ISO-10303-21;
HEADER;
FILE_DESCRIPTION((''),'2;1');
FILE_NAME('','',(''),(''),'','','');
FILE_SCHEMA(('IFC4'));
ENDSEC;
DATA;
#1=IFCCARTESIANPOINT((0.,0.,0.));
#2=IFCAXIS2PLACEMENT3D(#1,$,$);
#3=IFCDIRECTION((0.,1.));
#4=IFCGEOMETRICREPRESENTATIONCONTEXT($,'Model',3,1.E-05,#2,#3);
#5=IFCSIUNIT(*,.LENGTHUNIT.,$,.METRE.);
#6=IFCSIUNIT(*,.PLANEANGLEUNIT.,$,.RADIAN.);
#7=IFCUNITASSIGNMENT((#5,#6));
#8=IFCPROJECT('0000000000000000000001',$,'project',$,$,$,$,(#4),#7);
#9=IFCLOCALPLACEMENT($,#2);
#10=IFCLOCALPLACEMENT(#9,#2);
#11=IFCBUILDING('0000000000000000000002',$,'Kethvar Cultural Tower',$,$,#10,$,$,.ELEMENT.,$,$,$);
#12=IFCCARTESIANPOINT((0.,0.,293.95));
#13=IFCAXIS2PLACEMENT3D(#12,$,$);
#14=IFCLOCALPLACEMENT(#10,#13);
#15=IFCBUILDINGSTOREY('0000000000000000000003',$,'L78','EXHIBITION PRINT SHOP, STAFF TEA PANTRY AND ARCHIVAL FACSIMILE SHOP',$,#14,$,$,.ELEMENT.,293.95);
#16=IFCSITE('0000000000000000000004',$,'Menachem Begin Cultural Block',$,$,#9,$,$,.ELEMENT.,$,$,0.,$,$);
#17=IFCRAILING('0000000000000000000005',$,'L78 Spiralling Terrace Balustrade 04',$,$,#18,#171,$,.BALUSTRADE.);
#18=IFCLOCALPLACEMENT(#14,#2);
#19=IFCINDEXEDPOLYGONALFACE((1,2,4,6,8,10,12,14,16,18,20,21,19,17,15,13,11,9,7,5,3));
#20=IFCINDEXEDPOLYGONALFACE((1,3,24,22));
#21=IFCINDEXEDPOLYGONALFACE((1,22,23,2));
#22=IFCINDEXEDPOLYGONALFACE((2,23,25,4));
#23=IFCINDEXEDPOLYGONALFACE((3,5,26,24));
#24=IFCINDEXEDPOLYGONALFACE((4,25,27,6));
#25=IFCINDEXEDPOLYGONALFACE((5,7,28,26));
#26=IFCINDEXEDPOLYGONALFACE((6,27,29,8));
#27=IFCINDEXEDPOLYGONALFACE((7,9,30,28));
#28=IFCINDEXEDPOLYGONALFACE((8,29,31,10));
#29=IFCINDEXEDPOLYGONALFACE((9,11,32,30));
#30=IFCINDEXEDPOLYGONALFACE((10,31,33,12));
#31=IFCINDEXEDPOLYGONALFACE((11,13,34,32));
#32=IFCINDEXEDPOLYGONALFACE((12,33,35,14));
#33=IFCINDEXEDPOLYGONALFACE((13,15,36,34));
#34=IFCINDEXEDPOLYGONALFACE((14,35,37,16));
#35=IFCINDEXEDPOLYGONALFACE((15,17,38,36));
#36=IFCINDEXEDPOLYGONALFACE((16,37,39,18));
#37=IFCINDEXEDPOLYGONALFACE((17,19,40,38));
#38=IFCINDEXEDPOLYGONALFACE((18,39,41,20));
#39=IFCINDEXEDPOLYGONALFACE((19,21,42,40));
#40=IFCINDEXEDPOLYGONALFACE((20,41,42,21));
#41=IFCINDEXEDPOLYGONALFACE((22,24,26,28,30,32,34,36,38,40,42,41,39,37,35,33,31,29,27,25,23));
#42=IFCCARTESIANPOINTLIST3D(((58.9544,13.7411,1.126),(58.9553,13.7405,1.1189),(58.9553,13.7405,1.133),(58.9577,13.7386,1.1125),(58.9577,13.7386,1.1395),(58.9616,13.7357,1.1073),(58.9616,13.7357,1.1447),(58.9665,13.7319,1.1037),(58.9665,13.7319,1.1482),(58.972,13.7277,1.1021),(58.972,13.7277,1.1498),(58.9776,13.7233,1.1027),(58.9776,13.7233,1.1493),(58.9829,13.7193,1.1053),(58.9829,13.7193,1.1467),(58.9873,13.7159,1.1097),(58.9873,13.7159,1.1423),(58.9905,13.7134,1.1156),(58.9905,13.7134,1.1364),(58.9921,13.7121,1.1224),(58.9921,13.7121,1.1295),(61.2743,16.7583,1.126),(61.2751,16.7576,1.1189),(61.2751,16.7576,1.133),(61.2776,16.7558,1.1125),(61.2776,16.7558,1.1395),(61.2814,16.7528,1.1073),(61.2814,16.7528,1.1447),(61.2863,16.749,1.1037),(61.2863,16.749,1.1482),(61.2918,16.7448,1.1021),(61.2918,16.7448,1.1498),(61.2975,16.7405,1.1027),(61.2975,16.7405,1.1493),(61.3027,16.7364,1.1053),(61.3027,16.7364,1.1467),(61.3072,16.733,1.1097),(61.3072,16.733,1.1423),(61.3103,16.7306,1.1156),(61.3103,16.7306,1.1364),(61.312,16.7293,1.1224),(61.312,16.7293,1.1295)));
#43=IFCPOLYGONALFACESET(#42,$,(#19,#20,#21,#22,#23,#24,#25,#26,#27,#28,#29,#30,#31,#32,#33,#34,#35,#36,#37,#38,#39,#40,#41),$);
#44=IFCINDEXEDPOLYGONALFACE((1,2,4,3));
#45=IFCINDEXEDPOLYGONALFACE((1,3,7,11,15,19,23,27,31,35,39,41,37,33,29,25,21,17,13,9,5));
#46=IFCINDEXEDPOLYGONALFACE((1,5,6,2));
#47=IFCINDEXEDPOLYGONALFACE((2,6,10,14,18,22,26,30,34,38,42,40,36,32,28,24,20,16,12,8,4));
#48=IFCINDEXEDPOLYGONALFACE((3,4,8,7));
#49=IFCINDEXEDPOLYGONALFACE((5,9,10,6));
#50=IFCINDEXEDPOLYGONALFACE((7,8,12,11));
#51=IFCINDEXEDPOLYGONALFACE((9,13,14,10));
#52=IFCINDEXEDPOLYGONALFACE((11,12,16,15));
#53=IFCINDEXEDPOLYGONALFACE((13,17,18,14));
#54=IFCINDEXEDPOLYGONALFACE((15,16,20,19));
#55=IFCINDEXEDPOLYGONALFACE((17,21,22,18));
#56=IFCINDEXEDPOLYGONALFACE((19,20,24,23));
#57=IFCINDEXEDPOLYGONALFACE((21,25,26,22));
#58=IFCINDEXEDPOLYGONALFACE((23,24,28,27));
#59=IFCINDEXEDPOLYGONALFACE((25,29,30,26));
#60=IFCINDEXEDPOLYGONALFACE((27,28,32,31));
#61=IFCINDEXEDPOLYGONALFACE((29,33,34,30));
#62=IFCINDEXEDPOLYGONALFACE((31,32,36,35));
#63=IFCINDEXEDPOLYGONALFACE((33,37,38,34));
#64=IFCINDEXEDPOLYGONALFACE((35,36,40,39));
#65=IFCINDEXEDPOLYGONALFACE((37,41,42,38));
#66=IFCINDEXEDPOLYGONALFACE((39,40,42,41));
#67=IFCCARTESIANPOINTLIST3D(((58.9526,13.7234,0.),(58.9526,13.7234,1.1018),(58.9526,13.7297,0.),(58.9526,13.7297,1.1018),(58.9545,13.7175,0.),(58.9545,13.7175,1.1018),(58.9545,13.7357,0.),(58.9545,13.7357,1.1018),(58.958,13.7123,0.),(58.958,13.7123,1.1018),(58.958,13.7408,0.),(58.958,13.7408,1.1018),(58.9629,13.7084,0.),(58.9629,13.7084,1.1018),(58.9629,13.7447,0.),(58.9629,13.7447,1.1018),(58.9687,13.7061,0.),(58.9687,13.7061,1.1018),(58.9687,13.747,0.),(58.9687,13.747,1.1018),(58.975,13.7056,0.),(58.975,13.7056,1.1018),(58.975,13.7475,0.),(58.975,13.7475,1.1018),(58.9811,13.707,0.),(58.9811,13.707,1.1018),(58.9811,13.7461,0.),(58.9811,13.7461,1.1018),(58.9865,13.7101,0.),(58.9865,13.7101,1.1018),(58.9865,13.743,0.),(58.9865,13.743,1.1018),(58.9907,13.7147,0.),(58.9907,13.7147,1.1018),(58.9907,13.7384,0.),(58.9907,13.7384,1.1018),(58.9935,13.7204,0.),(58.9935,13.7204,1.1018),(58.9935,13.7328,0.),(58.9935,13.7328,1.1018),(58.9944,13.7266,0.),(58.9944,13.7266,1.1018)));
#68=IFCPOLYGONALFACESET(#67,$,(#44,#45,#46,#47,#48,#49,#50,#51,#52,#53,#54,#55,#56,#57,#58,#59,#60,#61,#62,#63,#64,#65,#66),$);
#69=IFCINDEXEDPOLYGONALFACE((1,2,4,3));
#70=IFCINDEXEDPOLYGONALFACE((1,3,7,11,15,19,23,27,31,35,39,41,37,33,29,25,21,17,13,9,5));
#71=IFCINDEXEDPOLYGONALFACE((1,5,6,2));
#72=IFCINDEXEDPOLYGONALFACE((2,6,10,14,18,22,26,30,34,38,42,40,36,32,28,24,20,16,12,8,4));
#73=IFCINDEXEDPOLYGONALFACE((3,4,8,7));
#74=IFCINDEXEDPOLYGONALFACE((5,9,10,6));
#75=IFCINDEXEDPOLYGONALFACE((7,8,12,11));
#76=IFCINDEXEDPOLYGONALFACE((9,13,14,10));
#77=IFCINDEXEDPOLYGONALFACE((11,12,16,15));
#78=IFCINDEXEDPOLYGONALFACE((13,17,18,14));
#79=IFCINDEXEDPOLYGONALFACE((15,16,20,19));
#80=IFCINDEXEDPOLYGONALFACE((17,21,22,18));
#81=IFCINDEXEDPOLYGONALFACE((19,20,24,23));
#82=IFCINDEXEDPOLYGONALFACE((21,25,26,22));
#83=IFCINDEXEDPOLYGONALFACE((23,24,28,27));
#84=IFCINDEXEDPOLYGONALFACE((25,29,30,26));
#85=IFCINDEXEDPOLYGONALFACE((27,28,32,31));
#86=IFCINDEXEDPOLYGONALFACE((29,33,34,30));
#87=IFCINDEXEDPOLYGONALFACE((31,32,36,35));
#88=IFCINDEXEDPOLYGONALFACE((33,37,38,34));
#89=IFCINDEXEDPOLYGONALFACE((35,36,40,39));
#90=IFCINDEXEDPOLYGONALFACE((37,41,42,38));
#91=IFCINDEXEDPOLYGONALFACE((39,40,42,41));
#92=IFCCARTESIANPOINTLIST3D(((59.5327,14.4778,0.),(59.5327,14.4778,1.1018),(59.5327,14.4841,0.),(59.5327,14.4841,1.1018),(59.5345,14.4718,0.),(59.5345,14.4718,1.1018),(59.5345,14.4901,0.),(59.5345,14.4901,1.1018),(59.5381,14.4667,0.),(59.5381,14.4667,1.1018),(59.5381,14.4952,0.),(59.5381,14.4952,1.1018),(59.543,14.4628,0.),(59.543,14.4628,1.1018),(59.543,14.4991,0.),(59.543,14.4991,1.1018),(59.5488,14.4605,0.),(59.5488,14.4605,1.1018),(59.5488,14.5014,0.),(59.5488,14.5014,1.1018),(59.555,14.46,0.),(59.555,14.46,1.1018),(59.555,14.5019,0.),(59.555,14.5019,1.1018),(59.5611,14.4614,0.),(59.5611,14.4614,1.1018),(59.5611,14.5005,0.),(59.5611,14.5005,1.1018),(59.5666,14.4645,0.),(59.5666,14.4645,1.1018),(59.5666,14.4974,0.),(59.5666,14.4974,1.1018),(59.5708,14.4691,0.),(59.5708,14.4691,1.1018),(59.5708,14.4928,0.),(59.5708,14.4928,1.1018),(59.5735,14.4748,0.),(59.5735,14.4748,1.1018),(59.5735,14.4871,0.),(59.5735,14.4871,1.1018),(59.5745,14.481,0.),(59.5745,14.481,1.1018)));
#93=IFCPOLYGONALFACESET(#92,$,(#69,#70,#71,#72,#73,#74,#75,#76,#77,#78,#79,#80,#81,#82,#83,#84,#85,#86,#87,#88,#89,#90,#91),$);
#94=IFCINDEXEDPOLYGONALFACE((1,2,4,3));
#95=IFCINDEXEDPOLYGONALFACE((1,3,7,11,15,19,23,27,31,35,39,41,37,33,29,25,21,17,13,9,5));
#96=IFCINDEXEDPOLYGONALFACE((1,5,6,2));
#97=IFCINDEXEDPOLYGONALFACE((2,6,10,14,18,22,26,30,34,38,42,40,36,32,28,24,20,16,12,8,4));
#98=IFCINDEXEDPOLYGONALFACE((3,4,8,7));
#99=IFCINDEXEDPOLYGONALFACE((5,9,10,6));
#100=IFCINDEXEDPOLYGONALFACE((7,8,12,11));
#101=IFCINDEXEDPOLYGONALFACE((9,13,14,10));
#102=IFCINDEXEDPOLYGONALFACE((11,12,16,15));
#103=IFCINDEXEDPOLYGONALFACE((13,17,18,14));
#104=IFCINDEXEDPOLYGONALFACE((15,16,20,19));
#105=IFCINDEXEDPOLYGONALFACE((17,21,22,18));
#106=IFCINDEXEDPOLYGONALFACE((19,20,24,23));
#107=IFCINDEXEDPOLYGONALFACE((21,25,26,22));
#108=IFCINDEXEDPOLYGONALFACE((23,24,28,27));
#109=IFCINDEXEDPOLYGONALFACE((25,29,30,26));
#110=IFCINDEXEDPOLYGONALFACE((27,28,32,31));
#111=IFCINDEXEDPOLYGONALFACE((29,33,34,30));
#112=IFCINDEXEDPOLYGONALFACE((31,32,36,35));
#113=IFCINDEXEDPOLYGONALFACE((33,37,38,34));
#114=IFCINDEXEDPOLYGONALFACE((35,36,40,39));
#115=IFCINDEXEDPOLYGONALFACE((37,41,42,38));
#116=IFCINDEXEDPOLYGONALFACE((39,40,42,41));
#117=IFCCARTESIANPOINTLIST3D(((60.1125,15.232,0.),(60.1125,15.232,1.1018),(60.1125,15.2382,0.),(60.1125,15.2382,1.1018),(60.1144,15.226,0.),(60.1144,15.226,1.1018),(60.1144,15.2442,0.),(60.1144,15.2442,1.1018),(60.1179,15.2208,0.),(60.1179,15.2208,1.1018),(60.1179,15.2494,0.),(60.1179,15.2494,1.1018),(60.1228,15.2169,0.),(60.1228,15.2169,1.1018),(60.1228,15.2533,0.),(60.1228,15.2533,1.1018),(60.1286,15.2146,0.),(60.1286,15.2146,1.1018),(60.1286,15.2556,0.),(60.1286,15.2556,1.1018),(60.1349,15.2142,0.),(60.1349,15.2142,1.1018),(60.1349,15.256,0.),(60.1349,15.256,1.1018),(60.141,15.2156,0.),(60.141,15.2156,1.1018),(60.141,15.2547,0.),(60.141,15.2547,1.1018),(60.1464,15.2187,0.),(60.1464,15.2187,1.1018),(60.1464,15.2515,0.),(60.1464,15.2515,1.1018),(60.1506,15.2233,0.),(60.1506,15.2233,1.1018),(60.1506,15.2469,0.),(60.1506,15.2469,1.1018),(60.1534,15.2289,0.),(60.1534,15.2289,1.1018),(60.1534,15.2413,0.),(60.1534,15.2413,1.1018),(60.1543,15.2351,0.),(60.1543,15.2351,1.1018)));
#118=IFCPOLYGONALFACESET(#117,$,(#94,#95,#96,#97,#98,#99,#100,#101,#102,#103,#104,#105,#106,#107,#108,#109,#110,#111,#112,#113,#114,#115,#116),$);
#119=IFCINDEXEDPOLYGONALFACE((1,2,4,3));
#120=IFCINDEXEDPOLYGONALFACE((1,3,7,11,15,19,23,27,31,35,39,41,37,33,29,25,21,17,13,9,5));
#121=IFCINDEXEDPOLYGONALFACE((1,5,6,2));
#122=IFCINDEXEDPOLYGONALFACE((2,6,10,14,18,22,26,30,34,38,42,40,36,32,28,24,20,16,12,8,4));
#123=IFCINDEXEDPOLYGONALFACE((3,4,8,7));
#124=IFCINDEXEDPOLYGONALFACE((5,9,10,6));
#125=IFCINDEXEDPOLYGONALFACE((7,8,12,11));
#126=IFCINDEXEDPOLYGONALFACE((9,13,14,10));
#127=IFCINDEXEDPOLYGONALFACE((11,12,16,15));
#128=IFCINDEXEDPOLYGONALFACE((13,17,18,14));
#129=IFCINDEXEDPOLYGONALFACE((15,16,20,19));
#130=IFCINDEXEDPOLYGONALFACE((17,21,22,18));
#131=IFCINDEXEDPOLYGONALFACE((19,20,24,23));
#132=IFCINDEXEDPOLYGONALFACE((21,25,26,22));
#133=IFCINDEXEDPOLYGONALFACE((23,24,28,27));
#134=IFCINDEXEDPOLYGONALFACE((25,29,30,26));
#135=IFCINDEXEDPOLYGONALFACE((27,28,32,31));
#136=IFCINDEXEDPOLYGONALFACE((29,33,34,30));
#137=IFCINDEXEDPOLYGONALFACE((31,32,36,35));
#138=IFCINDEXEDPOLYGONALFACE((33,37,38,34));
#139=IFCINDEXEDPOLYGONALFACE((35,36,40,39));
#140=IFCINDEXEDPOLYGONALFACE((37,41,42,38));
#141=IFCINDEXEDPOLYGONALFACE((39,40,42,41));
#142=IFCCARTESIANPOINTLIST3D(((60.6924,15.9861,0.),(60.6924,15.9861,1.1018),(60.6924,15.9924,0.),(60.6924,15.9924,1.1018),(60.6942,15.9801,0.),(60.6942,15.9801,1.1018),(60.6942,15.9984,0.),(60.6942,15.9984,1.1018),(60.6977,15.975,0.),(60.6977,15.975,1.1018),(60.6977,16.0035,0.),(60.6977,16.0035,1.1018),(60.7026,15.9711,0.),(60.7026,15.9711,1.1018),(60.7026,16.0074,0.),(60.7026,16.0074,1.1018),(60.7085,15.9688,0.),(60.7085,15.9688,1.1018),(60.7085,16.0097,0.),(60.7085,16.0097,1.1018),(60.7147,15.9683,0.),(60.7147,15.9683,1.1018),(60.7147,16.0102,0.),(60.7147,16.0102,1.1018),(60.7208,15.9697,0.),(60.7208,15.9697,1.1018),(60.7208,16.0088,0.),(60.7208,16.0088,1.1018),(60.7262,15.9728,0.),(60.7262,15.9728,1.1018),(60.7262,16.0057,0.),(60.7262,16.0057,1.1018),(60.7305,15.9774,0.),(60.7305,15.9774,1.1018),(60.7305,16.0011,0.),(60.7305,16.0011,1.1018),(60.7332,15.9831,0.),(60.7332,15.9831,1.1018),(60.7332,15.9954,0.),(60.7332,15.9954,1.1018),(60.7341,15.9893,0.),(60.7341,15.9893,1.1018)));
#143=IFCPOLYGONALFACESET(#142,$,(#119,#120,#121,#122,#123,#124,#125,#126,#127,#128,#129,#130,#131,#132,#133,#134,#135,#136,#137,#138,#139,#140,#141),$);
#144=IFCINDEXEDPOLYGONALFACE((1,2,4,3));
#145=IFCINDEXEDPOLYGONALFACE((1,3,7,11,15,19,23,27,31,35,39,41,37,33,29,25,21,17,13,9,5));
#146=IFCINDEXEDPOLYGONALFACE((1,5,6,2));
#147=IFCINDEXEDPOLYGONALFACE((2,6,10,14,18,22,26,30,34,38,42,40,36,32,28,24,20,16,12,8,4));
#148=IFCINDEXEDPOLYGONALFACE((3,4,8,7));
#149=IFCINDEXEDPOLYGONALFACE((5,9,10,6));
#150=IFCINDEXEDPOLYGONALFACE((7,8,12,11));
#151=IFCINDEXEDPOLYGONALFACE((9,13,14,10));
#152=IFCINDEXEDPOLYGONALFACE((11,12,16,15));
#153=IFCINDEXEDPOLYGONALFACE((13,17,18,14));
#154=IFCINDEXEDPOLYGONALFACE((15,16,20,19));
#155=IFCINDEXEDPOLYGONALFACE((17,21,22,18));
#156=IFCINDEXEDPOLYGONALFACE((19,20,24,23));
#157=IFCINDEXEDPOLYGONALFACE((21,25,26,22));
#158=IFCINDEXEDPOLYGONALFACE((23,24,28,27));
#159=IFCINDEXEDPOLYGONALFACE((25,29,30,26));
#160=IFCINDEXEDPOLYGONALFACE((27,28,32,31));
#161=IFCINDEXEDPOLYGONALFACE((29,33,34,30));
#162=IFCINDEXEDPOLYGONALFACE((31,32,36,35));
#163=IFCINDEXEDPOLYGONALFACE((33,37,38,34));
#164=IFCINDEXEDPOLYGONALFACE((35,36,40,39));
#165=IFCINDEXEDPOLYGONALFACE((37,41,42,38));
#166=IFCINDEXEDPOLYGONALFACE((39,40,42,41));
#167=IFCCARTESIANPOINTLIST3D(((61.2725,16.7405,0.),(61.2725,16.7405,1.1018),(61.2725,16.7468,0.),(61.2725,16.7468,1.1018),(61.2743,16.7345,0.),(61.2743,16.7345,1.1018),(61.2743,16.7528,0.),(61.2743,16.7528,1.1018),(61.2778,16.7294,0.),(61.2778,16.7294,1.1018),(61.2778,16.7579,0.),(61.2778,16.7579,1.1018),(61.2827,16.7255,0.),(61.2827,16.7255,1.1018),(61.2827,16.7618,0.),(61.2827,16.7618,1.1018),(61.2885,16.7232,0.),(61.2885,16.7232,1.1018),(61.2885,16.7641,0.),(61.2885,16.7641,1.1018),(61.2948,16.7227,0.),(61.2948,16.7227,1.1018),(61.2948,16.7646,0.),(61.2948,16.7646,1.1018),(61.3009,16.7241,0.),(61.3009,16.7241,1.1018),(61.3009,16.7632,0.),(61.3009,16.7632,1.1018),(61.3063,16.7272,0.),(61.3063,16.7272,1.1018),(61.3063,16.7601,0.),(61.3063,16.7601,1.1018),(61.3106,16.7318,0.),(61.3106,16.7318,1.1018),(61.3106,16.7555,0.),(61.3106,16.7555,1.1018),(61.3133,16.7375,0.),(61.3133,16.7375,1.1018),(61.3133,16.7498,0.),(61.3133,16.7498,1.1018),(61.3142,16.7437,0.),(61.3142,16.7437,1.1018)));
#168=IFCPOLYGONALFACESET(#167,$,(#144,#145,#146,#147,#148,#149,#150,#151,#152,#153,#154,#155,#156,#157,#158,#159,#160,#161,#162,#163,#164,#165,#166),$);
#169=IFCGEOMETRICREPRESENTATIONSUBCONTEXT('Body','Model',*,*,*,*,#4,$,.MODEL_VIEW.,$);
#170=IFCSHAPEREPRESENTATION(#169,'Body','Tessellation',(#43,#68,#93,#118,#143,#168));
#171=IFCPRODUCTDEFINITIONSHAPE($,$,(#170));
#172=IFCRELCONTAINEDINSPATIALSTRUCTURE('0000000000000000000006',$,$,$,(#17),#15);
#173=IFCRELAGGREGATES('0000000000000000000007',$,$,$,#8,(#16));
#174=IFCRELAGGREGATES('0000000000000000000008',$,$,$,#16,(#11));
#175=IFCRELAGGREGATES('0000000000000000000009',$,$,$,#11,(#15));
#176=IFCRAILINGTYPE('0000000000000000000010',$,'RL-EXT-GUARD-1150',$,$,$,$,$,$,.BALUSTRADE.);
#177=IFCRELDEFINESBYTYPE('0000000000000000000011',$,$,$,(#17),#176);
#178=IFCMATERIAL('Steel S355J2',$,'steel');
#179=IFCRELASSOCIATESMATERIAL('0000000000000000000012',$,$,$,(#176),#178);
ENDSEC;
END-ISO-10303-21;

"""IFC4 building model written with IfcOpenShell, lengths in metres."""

from ifc_helpers import new_model, si_unit, direction, frame, origin, origin_2d, place, context, subcontext, project, spatial, circle, extrude, material, type_object, element, save


model = new_model("IFC4")

# Units and contexts
model_context = context("Model", 3, precision=1e-05, world=origin(), true_north=direction((0.0, 1.0)))
body_context = subcontext(model_context, "Body", "Model", "MODEL_VIEW")
ifc_project = project(units=[si_unit("LENGTHUNIT", "METRE"), si_unit("PLANEANGLEUNIT", "RADIAN")], contexts=[model_context])

# Site, building, storey
site_placement = place(None, origin())
site = spatial("IfcSite", under=ifc_project, at=site_placement, Name="Menachem Begin Cultural Block", CompositionType="ELEMENT", RefElevation=0.0)
building_placement = place(site_placement, origin())
building = spatial("IfcBuilding", under=site, at=building_placement, Name="Kethvar Cultural Tower", CompositionType="ELEMENT")
storey_placement = place(building_placement, frame((0.0, 0.0, 293.95)))
storey = spatial("IfcBuildingStorey", under=building, at=storey_placement, Name="L78", Description="EXHIBITION PRINT SHOP, STAFF TEA PANTRY AND ARCHIVAL FACSIMILE SHOP", CompositionType="ELEMENT", Elevation=293.95)

# Shared definitions
ifc_material_1 = material(Name="Steel S355J2", Category="steel")

# Railing
railing_type = type_object("IfcRailingType", Name="RL-EXT-GUARD-1150", PredefinedType="BALUSTRADE", material=ifc_material_1)
railing_1_placement = place(storey_placement, frame((58.9734, 13.7266, 0.0)))
element("IfcRailing", 1, at=railing_1_placement, inside=storey, type_object=railing_type, Name="L78 Spiralling Terrace Balustrade 04", PredefinedType="BALUSTRADE", context=body_context, shape_type="SweptSolid", body=[
    extrude(circle(Radius=0.0239, at=origin_2d()), frame((0.0, 0.0, 1.126), z_axis=(0.609543, 0.792753, 0.0), x_axis=(-0.792753, 0.609543, 0.0)), (0.0, 0.0, 1.0), 3.8059),
    extrude(circle(Radius=0.021, at=origin_2d()), origin(), (0.0, 0.0, 1.0), 1.1018),
    extrude(circle(Radius=0.021, at=origin_2d()), frame((0.5801, 0.7544, 0.0)), (0.0, 0.0, 1.0), 1.1018),
    extrude(circle(Radius=0.021, at=origin_2d()), frame((1.1599, 1.5085, 0.0)), (0.0, 0.0, 1.0), 1.1018),
    extrude(circle(Radius=0.021, at=origin_2d()), frame((1.7397, 2.2627, 0.0)), (0.0, 0.0, 1.0), 1.1018),
    extrude(circle(Radius=0.021, at=origin_2d()), frame((2.3198, 3.0171, 0.0)), (0.0, 0.0, 1.0), 1.1018),
])

save(model, "model.ifc")
